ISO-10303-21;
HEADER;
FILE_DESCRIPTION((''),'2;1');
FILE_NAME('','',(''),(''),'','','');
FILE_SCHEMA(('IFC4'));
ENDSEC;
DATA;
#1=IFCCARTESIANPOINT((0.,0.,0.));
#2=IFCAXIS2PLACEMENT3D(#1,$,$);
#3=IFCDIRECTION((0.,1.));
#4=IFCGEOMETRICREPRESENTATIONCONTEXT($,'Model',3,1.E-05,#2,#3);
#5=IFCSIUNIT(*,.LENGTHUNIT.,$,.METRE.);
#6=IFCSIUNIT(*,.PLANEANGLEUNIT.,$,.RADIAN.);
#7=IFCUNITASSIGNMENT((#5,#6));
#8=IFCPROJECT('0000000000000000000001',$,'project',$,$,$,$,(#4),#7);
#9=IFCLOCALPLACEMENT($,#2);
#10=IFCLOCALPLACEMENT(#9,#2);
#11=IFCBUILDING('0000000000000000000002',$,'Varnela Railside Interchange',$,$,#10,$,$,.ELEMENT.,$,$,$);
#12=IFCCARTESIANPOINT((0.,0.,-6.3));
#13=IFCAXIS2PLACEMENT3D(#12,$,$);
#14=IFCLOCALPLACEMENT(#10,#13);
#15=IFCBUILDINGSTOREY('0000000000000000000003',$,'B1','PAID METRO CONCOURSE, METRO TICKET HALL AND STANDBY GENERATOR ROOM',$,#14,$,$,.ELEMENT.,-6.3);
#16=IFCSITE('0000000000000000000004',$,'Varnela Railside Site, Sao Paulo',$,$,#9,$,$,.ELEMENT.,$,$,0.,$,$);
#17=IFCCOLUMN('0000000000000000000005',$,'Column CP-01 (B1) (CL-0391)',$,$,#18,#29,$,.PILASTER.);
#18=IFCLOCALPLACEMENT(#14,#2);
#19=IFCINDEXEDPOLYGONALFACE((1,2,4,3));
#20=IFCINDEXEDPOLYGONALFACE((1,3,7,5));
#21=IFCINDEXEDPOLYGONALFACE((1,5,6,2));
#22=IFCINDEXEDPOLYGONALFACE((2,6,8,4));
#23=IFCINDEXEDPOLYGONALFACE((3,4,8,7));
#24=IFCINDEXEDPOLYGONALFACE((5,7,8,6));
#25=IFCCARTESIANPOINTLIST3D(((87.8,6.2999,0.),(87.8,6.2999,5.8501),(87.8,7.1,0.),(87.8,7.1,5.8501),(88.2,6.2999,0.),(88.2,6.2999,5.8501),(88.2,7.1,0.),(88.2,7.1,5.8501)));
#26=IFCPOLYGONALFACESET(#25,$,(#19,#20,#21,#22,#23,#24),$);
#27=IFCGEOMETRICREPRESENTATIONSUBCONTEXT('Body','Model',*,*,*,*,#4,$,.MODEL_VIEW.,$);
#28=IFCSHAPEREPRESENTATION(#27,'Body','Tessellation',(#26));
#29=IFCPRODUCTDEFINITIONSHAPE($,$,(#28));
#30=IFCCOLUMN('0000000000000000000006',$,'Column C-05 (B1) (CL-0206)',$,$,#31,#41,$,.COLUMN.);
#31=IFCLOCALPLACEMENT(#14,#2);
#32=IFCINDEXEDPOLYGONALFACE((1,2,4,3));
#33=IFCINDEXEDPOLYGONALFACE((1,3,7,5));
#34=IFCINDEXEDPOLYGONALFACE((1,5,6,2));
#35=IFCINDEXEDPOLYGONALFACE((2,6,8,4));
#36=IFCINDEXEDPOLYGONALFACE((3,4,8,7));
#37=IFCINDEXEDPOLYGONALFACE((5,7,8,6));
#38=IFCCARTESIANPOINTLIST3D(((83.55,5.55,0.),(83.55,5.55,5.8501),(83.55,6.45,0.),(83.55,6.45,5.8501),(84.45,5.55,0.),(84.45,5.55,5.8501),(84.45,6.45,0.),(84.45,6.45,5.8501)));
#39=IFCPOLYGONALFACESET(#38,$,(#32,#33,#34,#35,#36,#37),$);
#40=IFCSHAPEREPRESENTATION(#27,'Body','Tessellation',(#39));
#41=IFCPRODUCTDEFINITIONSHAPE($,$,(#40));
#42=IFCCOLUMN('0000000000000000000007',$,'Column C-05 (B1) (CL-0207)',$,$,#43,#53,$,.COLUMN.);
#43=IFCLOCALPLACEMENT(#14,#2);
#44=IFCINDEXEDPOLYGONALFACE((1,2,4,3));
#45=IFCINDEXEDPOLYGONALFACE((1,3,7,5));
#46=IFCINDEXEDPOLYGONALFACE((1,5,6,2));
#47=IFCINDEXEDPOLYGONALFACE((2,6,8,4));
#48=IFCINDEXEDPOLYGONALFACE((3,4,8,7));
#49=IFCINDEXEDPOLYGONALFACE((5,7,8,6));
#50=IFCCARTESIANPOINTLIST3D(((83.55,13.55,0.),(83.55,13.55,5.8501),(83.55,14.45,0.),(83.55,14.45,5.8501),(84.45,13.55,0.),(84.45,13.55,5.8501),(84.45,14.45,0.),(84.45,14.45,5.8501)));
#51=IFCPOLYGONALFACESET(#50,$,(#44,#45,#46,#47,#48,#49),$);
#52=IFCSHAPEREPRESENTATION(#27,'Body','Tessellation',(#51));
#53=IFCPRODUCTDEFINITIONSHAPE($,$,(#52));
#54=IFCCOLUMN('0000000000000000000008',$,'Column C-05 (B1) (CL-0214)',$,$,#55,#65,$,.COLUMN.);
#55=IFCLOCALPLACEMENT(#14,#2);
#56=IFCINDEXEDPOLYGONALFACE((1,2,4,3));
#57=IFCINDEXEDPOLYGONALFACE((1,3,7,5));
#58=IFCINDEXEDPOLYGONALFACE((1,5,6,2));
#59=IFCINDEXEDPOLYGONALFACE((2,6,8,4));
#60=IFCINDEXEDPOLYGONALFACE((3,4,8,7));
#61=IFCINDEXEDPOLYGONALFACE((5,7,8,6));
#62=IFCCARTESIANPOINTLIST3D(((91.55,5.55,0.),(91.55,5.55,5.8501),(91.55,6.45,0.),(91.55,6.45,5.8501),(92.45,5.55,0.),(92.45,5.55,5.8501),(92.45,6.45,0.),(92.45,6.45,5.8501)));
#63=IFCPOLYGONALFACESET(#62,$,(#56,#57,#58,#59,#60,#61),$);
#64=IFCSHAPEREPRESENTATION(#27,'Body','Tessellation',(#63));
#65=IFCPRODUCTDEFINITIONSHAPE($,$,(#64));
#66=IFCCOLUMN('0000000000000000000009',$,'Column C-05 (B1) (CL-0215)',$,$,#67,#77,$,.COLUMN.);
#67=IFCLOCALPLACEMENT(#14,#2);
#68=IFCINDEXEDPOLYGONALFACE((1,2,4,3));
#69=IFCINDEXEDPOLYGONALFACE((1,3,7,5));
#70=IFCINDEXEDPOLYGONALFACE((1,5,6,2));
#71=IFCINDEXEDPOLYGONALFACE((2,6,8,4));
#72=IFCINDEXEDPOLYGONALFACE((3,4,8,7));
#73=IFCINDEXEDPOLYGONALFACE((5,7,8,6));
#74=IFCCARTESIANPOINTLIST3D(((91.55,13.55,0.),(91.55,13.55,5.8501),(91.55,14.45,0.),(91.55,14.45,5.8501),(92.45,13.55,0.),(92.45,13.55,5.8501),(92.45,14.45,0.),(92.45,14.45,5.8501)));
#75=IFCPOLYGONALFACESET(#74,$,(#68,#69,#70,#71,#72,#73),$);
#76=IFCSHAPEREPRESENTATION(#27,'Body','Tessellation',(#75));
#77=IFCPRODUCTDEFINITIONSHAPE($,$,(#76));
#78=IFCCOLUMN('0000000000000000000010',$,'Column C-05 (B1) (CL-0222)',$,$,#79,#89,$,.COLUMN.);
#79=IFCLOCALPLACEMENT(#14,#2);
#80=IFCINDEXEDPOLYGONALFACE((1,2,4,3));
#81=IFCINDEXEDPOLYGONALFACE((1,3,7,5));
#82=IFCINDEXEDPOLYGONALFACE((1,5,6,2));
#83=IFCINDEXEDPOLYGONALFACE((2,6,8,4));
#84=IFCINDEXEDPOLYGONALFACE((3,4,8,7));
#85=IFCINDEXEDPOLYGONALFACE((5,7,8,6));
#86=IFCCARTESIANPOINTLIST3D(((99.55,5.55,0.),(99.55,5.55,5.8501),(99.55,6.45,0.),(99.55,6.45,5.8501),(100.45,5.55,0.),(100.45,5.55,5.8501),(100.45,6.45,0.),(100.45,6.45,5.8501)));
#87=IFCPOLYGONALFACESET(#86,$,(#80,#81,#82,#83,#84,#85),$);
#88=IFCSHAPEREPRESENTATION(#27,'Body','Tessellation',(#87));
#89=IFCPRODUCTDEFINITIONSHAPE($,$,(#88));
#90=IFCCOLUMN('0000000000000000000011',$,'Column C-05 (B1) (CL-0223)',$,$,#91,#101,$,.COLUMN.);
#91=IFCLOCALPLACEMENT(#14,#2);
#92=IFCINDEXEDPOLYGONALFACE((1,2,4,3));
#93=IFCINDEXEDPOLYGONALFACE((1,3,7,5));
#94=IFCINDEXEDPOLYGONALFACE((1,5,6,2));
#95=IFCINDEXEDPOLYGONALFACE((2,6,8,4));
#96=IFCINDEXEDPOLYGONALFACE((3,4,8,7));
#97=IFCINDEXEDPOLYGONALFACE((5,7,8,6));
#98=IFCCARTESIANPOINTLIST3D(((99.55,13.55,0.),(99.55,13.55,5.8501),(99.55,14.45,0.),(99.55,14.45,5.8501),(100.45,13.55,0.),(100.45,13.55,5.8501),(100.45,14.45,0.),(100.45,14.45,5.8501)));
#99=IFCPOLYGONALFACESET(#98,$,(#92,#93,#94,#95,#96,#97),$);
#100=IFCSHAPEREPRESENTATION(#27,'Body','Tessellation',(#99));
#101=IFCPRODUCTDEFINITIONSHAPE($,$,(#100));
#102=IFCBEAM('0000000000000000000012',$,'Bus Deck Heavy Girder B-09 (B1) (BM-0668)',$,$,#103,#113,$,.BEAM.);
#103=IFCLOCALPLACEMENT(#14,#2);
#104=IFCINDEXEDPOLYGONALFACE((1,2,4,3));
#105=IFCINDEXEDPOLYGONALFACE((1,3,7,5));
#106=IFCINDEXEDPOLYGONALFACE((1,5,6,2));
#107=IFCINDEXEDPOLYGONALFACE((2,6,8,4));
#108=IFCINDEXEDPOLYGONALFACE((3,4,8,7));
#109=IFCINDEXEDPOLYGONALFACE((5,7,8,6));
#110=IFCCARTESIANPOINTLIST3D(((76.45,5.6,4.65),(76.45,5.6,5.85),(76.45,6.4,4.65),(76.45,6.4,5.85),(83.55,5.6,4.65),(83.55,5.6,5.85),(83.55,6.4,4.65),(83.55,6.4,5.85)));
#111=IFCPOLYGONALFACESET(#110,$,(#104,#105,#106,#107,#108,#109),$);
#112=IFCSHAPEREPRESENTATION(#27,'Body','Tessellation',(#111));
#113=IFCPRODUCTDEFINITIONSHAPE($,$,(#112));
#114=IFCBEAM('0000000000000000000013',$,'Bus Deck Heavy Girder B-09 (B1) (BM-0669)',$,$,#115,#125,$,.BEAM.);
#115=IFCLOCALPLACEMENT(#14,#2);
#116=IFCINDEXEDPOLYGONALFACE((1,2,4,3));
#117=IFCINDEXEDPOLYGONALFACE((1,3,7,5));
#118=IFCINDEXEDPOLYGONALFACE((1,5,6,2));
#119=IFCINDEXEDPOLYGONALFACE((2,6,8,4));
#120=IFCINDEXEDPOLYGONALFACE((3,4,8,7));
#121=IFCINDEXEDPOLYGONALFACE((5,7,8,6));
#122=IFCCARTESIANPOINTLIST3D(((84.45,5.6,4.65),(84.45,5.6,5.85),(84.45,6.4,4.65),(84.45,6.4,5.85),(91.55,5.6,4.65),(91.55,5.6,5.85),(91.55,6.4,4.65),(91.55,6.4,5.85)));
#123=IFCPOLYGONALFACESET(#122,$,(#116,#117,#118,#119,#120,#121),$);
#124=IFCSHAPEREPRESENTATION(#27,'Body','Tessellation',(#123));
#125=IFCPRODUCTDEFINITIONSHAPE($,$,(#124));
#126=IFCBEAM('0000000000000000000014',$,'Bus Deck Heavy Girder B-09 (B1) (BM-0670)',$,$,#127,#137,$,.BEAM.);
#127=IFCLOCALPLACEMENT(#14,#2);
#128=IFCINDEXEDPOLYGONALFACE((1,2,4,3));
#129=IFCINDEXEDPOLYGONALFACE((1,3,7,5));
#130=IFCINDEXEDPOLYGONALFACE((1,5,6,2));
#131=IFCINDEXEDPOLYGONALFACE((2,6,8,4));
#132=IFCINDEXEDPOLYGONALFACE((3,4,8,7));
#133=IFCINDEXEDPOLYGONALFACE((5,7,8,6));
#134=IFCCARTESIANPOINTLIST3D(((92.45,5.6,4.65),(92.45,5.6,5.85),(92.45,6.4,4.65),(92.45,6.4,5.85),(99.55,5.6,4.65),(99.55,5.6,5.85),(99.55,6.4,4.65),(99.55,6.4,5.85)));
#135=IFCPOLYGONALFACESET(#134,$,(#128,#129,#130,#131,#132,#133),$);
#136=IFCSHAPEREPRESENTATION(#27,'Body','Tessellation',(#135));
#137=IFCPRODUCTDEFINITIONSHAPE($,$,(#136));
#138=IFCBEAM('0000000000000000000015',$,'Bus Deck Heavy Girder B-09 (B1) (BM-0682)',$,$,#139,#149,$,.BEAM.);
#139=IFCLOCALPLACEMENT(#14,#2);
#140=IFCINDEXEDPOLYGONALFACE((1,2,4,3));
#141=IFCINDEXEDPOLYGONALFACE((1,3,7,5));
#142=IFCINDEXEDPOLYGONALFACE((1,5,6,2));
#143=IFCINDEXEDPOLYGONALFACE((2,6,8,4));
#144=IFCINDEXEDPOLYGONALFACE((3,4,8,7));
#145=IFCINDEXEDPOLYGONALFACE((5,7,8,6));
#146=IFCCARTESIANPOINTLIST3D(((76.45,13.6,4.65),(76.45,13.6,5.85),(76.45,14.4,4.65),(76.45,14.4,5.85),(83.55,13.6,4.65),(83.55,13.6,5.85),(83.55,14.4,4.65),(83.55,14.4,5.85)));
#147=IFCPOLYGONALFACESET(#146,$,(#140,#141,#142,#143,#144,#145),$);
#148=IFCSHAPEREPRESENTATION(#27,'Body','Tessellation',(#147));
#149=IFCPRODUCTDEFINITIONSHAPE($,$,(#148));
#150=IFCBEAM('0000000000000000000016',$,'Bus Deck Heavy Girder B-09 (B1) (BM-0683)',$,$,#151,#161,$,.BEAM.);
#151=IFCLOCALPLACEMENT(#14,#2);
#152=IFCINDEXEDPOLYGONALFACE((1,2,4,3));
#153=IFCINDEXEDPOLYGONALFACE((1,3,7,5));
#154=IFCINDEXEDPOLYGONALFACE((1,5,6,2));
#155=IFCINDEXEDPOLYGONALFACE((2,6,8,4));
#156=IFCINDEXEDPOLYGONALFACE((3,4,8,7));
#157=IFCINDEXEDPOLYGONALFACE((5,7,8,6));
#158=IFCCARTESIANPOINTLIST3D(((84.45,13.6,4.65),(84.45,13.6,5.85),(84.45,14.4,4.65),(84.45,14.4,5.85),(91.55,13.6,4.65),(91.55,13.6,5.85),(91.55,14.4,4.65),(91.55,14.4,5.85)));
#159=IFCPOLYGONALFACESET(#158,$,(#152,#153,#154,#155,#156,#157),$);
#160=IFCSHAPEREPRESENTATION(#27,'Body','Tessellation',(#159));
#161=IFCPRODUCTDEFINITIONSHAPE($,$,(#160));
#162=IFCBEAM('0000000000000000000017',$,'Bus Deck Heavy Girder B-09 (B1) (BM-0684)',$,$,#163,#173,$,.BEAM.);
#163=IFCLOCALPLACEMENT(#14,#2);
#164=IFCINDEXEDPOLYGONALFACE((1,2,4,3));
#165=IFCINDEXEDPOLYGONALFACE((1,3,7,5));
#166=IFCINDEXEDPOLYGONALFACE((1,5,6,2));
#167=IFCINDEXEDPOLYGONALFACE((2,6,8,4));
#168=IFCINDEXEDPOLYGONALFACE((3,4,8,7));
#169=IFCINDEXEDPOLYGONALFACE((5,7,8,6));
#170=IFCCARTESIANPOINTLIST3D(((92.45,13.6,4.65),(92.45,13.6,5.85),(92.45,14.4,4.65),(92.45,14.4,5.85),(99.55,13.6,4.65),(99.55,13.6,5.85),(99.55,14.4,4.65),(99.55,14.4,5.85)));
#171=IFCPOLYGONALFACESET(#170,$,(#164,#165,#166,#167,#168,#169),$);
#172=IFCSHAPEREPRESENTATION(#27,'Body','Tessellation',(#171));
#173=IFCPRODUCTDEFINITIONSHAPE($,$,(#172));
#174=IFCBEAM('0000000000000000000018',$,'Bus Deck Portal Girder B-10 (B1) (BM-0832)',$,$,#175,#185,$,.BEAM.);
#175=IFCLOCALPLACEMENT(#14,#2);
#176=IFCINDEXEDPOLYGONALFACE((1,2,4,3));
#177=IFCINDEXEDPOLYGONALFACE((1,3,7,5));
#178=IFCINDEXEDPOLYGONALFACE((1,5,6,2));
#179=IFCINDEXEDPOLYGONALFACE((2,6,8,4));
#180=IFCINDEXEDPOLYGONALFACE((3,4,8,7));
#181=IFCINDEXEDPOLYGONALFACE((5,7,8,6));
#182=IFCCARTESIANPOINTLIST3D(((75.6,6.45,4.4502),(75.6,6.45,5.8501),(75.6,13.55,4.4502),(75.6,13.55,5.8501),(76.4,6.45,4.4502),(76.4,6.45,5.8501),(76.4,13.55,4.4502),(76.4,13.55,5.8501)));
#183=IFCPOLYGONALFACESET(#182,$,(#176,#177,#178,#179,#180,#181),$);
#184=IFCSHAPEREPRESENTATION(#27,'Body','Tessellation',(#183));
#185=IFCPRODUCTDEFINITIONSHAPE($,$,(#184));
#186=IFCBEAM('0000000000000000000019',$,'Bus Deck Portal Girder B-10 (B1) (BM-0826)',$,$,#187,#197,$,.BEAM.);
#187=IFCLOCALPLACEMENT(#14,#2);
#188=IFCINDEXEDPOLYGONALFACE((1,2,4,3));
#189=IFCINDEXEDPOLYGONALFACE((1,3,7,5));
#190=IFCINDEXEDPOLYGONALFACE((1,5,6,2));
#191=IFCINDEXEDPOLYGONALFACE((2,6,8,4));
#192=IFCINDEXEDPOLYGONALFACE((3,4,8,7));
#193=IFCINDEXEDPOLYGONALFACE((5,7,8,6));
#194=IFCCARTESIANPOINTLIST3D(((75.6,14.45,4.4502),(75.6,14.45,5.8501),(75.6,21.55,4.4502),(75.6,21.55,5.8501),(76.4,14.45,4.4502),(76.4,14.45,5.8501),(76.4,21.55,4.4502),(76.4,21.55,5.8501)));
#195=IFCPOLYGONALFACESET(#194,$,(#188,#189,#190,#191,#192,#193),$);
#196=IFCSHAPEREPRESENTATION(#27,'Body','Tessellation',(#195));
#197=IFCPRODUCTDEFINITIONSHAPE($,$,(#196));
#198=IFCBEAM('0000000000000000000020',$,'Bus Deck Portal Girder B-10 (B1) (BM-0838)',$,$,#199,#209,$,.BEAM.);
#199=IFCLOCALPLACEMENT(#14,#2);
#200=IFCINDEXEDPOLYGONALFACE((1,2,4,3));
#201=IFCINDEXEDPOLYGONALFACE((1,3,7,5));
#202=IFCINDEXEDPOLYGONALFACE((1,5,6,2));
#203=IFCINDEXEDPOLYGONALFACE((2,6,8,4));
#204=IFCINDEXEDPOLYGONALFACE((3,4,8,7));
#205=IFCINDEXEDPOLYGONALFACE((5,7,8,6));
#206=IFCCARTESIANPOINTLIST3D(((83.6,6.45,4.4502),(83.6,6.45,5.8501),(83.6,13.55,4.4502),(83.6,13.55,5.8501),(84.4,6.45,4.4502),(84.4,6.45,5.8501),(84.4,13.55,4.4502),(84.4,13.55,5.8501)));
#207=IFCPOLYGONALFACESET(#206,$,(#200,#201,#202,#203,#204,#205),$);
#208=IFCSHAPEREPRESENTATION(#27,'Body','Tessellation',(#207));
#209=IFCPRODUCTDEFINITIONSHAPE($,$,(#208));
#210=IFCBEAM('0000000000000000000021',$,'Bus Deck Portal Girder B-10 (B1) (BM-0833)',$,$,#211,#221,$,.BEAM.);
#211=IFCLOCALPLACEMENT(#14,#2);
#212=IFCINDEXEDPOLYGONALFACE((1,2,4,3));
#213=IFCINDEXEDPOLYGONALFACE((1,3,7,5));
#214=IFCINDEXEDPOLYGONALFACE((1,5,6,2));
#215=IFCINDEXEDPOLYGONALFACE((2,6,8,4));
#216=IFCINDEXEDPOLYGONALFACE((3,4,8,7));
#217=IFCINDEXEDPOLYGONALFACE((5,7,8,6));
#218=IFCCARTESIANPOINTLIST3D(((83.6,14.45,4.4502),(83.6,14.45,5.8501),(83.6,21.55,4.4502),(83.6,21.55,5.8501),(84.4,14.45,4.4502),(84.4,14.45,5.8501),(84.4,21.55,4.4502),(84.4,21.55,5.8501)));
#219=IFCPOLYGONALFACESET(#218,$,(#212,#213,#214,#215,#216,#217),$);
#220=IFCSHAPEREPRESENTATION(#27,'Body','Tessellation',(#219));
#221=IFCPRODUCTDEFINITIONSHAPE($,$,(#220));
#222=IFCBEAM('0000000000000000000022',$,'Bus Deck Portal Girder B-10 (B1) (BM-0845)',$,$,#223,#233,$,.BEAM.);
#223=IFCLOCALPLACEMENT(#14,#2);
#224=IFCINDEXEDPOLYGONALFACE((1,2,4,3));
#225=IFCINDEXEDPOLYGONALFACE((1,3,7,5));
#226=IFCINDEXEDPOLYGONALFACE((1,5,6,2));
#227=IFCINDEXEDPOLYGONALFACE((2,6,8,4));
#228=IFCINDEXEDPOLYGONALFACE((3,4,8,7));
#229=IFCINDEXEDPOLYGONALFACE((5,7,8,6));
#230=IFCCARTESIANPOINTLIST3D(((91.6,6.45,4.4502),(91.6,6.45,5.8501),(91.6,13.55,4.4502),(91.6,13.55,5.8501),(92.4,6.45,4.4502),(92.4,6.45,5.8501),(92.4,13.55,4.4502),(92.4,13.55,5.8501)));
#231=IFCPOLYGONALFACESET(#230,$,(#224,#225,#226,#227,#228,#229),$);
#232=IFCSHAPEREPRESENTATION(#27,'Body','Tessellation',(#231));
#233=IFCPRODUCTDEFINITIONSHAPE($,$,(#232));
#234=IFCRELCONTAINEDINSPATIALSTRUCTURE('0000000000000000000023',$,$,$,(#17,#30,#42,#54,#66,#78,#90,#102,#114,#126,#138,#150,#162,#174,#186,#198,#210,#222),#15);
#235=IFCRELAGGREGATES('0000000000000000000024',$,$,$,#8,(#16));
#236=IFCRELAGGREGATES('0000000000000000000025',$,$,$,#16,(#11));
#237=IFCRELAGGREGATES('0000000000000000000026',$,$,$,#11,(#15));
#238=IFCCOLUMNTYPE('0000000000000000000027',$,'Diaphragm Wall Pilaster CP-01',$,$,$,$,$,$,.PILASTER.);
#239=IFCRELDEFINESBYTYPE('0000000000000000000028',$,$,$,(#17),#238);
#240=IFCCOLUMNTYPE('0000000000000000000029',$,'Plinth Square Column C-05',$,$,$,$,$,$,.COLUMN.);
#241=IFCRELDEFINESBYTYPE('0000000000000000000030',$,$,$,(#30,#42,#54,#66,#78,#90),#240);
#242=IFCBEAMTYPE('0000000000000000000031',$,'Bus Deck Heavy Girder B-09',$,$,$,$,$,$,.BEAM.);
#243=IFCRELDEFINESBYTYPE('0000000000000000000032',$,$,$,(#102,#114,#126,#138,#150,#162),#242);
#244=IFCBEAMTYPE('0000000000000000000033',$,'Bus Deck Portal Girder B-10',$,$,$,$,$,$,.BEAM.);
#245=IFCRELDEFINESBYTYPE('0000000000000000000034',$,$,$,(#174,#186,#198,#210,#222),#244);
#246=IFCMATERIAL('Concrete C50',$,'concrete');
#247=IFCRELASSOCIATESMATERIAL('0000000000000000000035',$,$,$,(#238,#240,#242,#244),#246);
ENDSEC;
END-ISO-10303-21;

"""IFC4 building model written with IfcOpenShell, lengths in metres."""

from ifc_helpers import new_model, si_unit, direction, frame, origin, origin_2d, place, context, subcontext, project, spatial, rectangle, extrude, material, material_profile, profile_set, type_object, element, save


model = new_model("IFC4")

# Units and contexts
model_context = context("Model", 3, precision=1e-05, world=origin(), true_north=direction((0.0, 1.0)))
body_context = subcontext(model_context, "Body", "Model", "MODEL_VIEW")
ifc_project = project(units=[si_unit("LENGTHUNIT", "METRE"), si_unit("PLANEANGLEUNIT", "RADIAN")], contexts=[model_context])

# Site, building, storey
site_placement = place(None, origin())
site = spatial("IfcSite", under=ifc_project, at=site_placement, Name="Varnela Railside Site, Sao Paulo", CompositionType="ELEMENT", RefElevation=0.0)
building_placement = place(site_placement, origin())
building = spatial("IfcBuilding", under=site, at=building_placement, Name="Varnela Railside Interchange", CompositionType="ELEMENT")
storey_placement = place(building_placement, frame((0.0, 0.0, -6.3)))
storey = spatial("IfcBuildingStorey", under=building, at=storey_placement, Name="B1", Description="PAID METRO CONCOURSE, METRO TICKET HALL AND STANDBY GENERATOR ROOM", CompositionType="ELEMENT", Elevation=-6.3)

# Columns
ifc_material_1 = material(Name="Concrete C50", Category="concrete")
ifc_material_profile_1 = material_profile(ifc_material_1, rectangle(XDim=0.3999, YDim=0.8, at=origin_2d()), Name="RC 400x800")
ifc_profile_set_1 = profile_set([ifc_material_profile_1], Name="Concrete C50")
column_type_1 = type_object("IfcColumnType", Name="Diaphragm Wall Pilaster CP-01", PredefinedType="PILASTER", material=ifc_profile_set_1)
column_placement = place(storey_placement, frame((88.0, 6.7, 0.0), z_axis=(0.0, 0.0, 1.0), x_axis=(1.0, 0.0, 0.0)))
element("IfcColumn", 1, at=column_placement, inside=storey, type_object=column_type_1, Name="Column CP-01 (B1) (CL-0391)", PredefinedType="PILASTER", context=body_context, shape_type="SweptSolid", body=[
    extrude(rectangle(XDim=0.3999, YDim=0.8, at=origin_2d()), origin(), (0.0, 0.0, 1.0), 5.8501),
])
ifc_material_profile_2 = material_profile(ifc_material_1, rectangle(XDim=0.8999, YDim=0.8999, at=origin_2d()), Name="RC 900x900")
ifc_profile_set_2 = profile_set([ifc_material_profile_2], Name="Concrete C50")
column_type_2 = type_object("IfcColumnType", Name="Plinth Square Column C-05", PredefinedType="COLUMN", material=ifc_profile_set_2)
for number, where, z_axis, x_axis, name in (
    (2, (84.0, 6.0, 0.0), (0.0, 0.0, 1.0), (1.0, 0.0, 0.0), "Column C-05 (B1) (CL-0206)"),
    (3, (84.0, 14.0, 0.0), (0.0, 0.0, 1.0), (1.0, 0.0, 0.0), "Column C-05 (B1) (CL-0207)"),
    (4, (92.0, 6.0, 0.0), (0.0, 0.0, 1.0), (1.0, 0.0, 0.0), "Column C-05 (B1) (CL-0214)"),
    (5, (92.0, 14.0, 0.0), (0.0, 0.0, 1.0), (1.0, 0.0, 0.0), "Column C-05 (B1) (CL-0215)"),
    (6, (100.0, 6.0, 0.0), (0.0, 0.0, 1.0), (1.0, 0.0, 0.0), "Column C-05 (B1) (CL-0222)"),
    (7, (100.0, 14.0, 0.0), (0.0, 0.0, 1.0), (1.0, 0.0, 0.0), "Column C-05 (B1) (CL-0223)"),
):
    element("IfcColumn", number, at=place(storey_placement, frame(where, z_axis=z_axis, x_axis=x_axis)), inside=storey, type_object=column_type_2, Name=name, PredefinedType="COLUMN", context=body_context, shape_type="SweptSolid", body=[
        extrude(rectangle(XDim=0.8999, YDim=0.8999, at=origin_2d()), origin(), (0.0, 0.0, 1.0), 5.8501),
    ])

# Beams
ifc_material_profile_3 = material_profile(ifc_material_1, rectangle(XDim=0.8, YDim=1.2, at=origin_2d()), Name="RC 800x1200")
ifc_profile_set_3 = profile_set([ifc_material_profile_3], Name="Concrete C50")
beam_type_1 = type_object("IfcBeamType", Name="Bus Deck Heavy Girder B-09", PredefinedType="BEAM", material=ifc_profile_set_3)
for number, where, z_axis, x_axis, name in (
    (8, (76.45, 6.0, 5.25), (1.0, 0.0, 0.0), (0.0, 1.0, 0.0), "Bus Deck Heavy Girder B-09 (B1) (BM-0668)"),
    (9, (84.45, 6.0, 5.25), (1.0, 0.0, 0.0), (0.0, 1.0, 0.0), "Bus Deck Heavy Girder B-09 (B1) (BM-0669)"),
    (10, (92.45, 6.0, 5.25), (1.0, 0.0, 0.0), (0.0, 1.0, 0.0), "Bus Deck Heavy Girder B-09 (B1) (BM-0670)"),
    (11, (76.45, 14.0, 5.25), (1.0, 0.0, 0.0), (0.0, 1.0, 0.0), "Bus Deck Heavy Girder B-09 (B1) (BM-0682)"),
    (12, (84.45, 14.0, 5.25), (1.0, 0.0, 0.0), (0.0, 1.0, 0.0), "Bus Deck Heavy Girder B-09 (B1) (BM-0683)"),
    (13, (92.45, 14.0, 5.25), (1.0, 0.0, 0.0), (0.0, 1.0, 0.0), "Bus Deck Heavy Girder B-09 (B1) (BM-0684)"),
):
    element("IfcBeam", number, at=place(storey_placement, frame(where, z_axis=z_axis, x_axis=x_axis)), inside=storey, type_object=beam_type_1, Name=name, PredefinedType="BEAM", context=body_context, shape_type="SweptSolid", body=[
        extrude(rectangle(XDim=0.8, YDim=1.2, at=origin_2d()), origin(), (0.0, 0.0, 1.0), 7.1001),
    ])
ifc_material_profile_4 = material_profile(ifc_material_1, rectangle(XDim=0.8, YDim=1.3999, at=origin_2d()), Name="RC 800x1400")
ifc_profile_set_4 = profile_set([ifc_material_profile_4], Name="Concrete C50")
beam_type_2 = type_object("IfcBeamType", Name="Bus Deck Portal Girder B-10", PredefinedType="BEAM", material=ifc_profile_set_4)
for number, where, z_axis, x_axis, name in (
    (14, (76.0, 6.45, 5.1501), (0.0, 1.0, 0.0), (-1.0, 0.0, 0.0), "Bus Deck Portal Girder B-10 (B1) (BM-0832)"),
    (15, (76.0, 14.45, 5.1501), (0.0, 1.0, 0.0), (-1.0, 0.0, 0.0), "Bus Deck Portal Girder B-10 (B1) (BM-0826)"),
    (16, (84.0, 6.45, 5.1501), (0.0, 1.0, 0.0), (-1.0, 0.0, 0.0), "Bus Deck Portal Girder B-10 (B1) (BM-0838)"),
    (17, (84.0, 14.45, 5.1501), (0.0, 1.0, 0.0), (-1.0, 0.0, 0.0), "Bus Deck Portal Girder B-10 (B1) (BM-0833)"),
    (18, (92.0, 6.45, 5.1501), (0.0, 1.0, 0.0), (-1.0, 0.0, 0.0), "Bus Deck Portal Girder B-10 (B1) (BM-0845)"),
):
    element("IfcBeam", number, at=place(storey_placement, frame(where, z_axis=z_axis, x_axis=x_axis)), inside=storey, type_object=beam_type_2, Name=name, PredefinedType="BEAM", context=body_context, shape_type="SweptSolid", body=[
        extrude(rectangle(XDim=0.8, YDim=1.3999, at=origin_2d()), origin(), (0.0, 0.0, 1.0), 7.1001),
    ])

save(model, "model.ifc")
